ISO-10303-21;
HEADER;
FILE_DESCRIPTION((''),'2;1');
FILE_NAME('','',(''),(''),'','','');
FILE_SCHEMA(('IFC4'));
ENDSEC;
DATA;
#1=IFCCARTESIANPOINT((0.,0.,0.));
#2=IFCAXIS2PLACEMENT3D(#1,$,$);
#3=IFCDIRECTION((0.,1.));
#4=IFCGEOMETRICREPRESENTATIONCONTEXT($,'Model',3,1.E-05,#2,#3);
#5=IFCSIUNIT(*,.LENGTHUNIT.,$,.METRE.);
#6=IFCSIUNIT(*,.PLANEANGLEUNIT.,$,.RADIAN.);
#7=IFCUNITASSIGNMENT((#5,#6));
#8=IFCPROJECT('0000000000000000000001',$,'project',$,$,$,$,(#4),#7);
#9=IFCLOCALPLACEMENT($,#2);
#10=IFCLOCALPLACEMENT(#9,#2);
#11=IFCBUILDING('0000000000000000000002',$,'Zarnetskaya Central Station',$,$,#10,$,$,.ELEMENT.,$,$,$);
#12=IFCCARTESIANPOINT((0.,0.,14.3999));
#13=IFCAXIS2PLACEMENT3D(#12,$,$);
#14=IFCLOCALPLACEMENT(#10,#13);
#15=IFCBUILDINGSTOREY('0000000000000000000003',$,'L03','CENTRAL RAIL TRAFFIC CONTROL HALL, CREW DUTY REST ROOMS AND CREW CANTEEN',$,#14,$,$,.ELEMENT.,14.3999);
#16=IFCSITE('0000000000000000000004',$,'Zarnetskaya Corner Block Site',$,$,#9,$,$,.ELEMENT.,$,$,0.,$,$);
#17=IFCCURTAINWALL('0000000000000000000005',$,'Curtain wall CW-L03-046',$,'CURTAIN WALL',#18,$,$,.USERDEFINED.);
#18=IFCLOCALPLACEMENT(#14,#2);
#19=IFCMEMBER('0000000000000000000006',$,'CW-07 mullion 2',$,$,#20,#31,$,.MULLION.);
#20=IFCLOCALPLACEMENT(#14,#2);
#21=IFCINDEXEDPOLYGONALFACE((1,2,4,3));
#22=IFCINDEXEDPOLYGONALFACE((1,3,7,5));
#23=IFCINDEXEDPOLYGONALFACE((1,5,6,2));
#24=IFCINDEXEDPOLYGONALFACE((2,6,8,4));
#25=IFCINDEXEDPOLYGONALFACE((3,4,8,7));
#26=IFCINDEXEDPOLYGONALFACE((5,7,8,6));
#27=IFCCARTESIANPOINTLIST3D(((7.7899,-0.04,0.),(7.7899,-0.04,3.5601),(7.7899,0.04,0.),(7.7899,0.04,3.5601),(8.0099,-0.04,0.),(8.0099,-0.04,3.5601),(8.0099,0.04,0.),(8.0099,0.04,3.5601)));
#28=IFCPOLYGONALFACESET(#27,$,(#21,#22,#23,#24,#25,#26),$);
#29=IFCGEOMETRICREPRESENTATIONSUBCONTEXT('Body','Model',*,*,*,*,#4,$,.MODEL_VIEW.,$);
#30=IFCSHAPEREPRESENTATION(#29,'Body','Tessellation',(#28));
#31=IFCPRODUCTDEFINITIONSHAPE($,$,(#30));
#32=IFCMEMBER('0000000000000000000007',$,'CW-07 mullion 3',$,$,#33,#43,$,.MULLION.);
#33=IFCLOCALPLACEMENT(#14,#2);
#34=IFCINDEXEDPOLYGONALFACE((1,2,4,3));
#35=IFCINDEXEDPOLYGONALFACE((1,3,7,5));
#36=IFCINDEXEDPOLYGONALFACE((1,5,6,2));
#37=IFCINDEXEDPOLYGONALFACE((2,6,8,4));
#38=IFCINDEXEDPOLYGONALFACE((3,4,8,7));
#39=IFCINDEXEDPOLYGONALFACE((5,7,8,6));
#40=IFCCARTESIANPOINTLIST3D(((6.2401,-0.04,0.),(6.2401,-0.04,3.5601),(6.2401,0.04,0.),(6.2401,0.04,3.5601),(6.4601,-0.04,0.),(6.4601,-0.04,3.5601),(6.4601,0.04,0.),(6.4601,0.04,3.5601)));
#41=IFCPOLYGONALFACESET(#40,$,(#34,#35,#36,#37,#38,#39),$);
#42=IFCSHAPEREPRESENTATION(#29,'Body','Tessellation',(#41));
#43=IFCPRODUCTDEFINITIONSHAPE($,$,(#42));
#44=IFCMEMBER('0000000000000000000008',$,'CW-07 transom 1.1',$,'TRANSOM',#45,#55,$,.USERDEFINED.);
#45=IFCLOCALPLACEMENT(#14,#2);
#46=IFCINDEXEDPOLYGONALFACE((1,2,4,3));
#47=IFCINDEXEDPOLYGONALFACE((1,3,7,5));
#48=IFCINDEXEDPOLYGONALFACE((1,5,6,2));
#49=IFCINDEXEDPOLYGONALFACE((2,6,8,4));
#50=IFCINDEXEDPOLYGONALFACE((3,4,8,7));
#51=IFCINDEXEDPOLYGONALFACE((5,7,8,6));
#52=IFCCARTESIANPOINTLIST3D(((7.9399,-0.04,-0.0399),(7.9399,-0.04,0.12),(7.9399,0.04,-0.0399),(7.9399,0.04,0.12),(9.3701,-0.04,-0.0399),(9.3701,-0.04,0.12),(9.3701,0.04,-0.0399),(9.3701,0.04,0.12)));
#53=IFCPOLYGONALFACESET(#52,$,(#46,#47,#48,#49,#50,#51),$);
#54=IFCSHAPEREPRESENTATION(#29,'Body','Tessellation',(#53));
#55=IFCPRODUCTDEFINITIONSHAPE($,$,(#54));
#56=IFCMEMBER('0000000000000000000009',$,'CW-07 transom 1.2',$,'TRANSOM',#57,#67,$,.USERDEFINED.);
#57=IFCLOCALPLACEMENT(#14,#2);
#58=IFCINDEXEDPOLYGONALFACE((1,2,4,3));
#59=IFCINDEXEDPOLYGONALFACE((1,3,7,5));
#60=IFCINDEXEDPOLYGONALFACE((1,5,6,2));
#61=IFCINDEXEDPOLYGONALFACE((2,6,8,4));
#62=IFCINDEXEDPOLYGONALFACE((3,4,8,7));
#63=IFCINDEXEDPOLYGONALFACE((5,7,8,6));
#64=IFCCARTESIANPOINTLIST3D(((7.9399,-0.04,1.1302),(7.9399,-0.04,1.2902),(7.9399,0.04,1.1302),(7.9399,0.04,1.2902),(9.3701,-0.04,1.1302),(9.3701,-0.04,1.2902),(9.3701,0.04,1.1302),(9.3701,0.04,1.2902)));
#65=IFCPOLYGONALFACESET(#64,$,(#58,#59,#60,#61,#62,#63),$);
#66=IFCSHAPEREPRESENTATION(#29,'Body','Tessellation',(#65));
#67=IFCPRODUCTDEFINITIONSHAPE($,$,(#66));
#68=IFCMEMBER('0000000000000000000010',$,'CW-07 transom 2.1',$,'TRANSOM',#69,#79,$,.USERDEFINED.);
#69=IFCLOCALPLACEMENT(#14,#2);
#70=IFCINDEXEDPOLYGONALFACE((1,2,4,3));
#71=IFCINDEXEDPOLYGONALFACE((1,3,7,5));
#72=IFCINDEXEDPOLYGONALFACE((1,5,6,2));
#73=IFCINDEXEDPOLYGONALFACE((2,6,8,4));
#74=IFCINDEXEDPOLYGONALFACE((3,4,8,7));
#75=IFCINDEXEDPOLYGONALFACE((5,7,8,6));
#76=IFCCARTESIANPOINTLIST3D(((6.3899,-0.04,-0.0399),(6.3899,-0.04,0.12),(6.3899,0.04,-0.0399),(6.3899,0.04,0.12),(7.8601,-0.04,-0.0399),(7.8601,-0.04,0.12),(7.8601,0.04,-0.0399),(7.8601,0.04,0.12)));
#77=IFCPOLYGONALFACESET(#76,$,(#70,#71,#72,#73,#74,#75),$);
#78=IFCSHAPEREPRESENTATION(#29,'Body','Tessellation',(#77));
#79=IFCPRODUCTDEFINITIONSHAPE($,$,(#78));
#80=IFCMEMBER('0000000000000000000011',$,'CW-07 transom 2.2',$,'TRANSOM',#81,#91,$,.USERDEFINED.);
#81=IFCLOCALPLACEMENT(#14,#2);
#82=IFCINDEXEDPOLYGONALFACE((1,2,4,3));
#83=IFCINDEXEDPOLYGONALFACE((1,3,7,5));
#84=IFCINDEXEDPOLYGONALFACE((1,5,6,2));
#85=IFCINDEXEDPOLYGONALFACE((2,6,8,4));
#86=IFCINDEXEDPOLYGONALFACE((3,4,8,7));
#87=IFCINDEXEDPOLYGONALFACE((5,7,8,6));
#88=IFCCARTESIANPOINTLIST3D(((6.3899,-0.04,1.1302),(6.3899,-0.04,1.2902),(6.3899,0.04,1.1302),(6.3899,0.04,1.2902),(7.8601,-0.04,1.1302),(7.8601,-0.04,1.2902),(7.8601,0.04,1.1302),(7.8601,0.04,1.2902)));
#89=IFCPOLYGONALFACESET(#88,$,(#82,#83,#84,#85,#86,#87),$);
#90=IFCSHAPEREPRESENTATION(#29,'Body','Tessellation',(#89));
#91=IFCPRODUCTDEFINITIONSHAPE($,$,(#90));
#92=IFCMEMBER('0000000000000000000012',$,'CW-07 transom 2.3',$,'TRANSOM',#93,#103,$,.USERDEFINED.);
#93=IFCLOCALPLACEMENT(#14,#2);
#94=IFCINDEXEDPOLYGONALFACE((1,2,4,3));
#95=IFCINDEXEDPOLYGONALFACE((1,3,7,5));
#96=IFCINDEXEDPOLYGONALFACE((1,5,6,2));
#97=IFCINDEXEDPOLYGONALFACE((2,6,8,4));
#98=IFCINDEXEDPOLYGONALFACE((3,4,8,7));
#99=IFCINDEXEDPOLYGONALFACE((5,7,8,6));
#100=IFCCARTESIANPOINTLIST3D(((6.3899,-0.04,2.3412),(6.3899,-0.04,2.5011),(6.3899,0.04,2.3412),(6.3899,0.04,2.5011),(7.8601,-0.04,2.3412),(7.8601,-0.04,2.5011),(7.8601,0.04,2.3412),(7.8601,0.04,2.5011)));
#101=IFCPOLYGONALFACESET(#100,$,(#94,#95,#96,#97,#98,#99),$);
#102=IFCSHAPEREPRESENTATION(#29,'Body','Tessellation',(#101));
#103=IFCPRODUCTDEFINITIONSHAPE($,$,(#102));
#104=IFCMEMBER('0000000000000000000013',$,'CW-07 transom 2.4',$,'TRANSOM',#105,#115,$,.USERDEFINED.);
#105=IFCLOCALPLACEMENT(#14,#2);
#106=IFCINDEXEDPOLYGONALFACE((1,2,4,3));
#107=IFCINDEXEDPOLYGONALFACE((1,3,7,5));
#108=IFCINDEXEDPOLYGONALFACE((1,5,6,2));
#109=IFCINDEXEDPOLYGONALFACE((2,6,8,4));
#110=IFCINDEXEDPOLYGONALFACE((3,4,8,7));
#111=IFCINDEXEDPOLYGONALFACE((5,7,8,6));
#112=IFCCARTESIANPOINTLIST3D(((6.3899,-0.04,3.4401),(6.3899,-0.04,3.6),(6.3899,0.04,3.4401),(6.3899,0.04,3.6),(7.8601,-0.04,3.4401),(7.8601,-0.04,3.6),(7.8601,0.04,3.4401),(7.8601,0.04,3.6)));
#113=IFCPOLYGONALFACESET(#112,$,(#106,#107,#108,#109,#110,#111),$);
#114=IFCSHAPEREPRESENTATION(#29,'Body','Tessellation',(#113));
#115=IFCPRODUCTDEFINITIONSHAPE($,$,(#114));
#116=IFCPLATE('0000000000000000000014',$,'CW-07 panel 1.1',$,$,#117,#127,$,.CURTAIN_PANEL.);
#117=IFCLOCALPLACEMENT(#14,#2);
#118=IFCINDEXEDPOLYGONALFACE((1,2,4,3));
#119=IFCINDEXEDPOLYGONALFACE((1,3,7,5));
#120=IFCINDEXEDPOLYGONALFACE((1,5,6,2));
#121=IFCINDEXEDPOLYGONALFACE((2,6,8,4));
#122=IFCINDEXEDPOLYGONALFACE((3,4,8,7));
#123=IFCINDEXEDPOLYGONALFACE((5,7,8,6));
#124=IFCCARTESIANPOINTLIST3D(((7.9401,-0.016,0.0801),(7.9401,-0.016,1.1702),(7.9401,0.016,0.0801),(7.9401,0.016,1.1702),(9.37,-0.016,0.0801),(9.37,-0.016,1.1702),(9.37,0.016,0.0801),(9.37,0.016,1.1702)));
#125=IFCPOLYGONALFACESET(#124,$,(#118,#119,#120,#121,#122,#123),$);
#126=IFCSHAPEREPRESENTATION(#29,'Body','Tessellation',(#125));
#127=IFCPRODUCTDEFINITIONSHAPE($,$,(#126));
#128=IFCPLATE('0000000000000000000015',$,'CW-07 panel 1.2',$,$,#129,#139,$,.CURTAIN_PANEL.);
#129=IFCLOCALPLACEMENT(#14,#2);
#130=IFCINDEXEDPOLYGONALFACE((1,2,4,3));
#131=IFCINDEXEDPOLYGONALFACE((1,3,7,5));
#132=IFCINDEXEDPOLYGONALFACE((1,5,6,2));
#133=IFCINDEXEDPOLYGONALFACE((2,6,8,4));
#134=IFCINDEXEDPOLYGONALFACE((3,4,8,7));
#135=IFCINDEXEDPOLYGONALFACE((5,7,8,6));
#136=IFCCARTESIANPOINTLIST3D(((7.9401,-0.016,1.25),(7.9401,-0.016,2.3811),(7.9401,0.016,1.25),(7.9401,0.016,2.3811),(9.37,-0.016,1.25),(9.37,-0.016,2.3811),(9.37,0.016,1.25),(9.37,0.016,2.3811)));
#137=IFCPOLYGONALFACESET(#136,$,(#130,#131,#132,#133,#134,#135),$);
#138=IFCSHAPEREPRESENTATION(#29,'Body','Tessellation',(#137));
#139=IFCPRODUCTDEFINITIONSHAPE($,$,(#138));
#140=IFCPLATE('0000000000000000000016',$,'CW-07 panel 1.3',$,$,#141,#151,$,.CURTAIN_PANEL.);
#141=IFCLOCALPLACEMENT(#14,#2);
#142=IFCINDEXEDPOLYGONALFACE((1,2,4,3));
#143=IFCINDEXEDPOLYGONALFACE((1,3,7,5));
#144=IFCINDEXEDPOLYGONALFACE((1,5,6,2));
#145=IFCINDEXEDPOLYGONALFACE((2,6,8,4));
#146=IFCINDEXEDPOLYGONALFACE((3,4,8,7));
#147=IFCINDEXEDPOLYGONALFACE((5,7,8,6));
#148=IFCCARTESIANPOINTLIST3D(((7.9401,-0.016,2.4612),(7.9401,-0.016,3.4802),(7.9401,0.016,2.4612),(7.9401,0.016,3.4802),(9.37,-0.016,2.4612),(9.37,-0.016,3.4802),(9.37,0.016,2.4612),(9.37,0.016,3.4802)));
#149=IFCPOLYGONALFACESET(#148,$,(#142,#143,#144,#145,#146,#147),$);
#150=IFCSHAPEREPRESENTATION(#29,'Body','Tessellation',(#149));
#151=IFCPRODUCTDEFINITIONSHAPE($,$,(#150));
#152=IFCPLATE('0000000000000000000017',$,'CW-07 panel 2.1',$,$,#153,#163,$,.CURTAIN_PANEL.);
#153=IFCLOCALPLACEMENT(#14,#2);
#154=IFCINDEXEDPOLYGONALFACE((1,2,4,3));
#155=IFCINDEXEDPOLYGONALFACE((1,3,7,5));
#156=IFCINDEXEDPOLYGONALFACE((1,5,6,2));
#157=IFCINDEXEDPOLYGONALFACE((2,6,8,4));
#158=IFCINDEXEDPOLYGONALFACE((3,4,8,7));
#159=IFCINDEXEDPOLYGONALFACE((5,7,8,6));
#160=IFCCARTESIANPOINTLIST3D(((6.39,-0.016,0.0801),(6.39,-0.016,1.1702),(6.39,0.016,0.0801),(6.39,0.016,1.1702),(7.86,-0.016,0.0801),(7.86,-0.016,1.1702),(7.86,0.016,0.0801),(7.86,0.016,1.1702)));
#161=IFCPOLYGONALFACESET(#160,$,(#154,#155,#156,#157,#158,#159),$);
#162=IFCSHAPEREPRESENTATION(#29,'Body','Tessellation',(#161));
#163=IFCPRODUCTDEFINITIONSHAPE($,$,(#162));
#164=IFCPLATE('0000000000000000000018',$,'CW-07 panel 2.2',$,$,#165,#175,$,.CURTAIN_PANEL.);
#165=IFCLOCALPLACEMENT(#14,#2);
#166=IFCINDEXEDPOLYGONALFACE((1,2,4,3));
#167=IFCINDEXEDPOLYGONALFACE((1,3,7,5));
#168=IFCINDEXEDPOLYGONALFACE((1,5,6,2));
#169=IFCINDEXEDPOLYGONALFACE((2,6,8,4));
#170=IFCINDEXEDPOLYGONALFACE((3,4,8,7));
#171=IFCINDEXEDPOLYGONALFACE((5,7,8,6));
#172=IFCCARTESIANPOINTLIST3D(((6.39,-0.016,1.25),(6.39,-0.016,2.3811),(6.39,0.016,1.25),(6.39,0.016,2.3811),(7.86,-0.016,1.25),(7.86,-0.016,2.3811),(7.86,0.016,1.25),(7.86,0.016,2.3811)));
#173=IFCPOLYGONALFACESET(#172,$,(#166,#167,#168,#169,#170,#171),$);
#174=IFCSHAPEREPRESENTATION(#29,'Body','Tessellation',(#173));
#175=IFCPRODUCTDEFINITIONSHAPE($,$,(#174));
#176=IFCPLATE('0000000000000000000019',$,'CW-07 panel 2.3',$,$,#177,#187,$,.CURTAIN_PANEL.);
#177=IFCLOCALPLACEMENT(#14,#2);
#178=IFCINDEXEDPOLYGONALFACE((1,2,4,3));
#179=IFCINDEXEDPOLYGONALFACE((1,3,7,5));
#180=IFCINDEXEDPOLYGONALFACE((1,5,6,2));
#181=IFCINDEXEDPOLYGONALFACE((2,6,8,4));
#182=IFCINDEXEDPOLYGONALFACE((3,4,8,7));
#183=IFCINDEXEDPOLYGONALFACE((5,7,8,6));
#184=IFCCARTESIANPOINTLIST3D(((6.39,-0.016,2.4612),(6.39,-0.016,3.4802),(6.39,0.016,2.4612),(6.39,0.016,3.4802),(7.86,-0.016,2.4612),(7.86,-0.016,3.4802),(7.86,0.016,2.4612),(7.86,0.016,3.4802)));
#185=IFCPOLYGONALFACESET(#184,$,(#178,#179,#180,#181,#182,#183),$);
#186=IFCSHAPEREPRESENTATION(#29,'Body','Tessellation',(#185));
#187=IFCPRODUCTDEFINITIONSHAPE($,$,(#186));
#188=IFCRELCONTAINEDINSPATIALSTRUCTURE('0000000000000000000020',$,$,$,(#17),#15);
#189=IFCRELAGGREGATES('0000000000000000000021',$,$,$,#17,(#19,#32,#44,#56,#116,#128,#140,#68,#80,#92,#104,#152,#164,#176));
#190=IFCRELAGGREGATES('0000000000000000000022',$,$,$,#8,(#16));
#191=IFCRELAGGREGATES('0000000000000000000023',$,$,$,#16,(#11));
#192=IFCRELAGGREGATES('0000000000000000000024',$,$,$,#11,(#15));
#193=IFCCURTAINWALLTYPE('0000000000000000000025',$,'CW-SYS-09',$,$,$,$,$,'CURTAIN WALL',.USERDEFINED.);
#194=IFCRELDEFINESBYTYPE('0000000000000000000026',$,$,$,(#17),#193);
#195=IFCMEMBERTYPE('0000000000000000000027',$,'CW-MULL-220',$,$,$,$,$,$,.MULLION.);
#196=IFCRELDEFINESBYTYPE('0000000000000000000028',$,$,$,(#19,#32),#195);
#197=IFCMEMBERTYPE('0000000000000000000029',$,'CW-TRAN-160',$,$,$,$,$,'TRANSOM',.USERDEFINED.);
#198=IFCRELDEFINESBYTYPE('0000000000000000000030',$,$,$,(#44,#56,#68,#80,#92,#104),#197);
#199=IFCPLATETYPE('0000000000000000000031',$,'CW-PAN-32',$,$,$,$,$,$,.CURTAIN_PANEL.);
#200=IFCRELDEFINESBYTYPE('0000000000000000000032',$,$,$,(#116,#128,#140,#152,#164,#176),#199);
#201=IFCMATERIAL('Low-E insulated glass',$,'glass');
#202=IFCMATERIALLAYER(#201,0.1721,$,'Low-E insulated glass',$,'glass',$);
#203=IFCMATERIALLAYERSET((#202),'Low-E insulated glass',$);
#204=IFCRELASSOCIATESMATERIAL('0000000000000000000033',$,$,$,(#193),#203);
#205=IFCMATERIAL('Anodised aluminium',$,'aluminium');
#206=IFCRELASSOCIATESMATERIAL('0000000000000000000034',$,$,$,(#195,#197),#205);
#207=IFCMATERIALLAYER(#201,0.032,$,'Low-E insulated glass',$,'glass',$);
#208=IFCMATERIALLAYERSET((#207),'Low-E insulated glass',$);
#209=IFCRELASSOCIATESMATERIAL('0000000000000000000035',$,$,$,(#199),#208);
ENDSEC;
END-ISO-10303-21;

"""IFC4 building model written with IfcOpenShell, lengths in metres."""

from ifc_helpers import new_model, si_unit, direction, frame, origin, origin_2d, place, context, subcontext, project, spatial, rectangle, extrude, material, layer, layer_set, material_profile, profile_set, type_object, element, aggregate, save


model = new_model("IFC4")

# Units and contexts
model_context = context("Model", 3, precision=1e-05, world=origin(), true_north=direction((0.0, 1.0)))
body_context = subcontext(model_context, "Body", "Model", "MODEL_VIEW")
ifc_project = project(units=[si_unit("LENGTHUNIT", "METRE"), si_unit("PLANEANGLEUNIT", "RADIAN")], contexts=[model_context])

# Site, building, storey
site_placement = place(None, origin())
site = spatial("IfcSite", under=ifc_project, at=site_placement, Name="Zarnetskaya Corner Block Site", CompositionType="ELEMENT", RefElevation=0.0)
building_placement = place(site_placement, origin())
building = spatial("IfcBuilding", under=site, at=building_placement, Name="Zarnetskaya Central Station", CompositionType="ELEMENT")
storey_placement = place(building_placement, frame((0.0, 0.0, 14.3999)))
storey = spatial("IfcBuildingStorey", under=building, at=storey_placement, Name="L03", Description="CENTRAL RAIL TRAFFIC CONTROL HALL, CREW DUTY REST ROOMS AND CREW CANTEEN", CompositionType="ELEMENT", Elevation=14.3999)

# Curtain wall, members, plates
ifc_material_1 = material(Name="Low-E insulated glass", Category="glass")
ifc_layer_1 = layer(ifc_material_1, 0.1721, Name="Low-E insulated glass", Category="glass")
ifc_layer_set_1 = layer_set([ifc_layer_1], Name="Low-E insulated glass")
curtain_wall_type = type_object("IfcCurtainWallType", Name="CW-SYS-09", ElementType="CURTAIN WALL", PredefinedType="USERDEFINED", material=ifc_layer_set_1)
curtain_wall_placement = place(storey_placement, origin())
curtain_wall = element("IfcCurtainWall", 1, at=curtain_wall_placement, inside=storey, type_object=curtain_wall_type, Name="Curtain wall CW-L03-046", ObjectType="CURTAIN WALL", PredefinedType="USERDEFINED")
ifc_material_2 = material(Name="Anodised aluminium", Category="aluminium")
ifc_material_profile_1 = material_profile(ifc_material_2, rectangle(XDim=0.0801, YDim=0.22, at=origin_2d()), Name="ALU MULL 80x220")
ifc_profile_set_1 = profile_set([ifc_material_profile_1], Name="Anodised aluminium")
member_type_1 = type_object("IfcMemberType", Name="CW-MULL-220", PredefinedType="MULLION", material=ifc_profile_set_1)
member_1_placement = place(storey_placement, frame((7.8999, 0.0, 0.0), z_axis=(0.0, 0.0, 1.0), x_axis=(0.0, -1.0, 0.0)))
member_1 = element("IfcMember", 2, at=member_1_placement, type_object=member_type_1, Name="CW-07 mullion 2", PredefinedType="MULLION", context=body_context, shape_type="SweptSolid", body=[
    extrude(rectangle(XDim=0.0801, YDim=0.22, at=origin_2d()), origin(), (0.0, 0.0, 1.0), 3.5601),
])
member_2_placement = place(storey_placement, frame((6.3501, 0.0, 0.0), z_axis=(0.0, 0.0, 1.0), x_axis=(0.0, -1.0, 0.0)))
member_2 = element("IfcMember", 3, at=member_2_placement, type_object=member_type_1, Name="CW-07 mullion 3", PredefinedType="MULLION", context=body_context, shape_type="SweptSolid", body=[
    extrude(rectangle(XDim=0.0801, YDim=0.22, at=origin_2d()), origin(), (0.0, 0.0, 1.0), 3.5601),
])
ifc_material_profile_2 = material_profile(ifc_material_2, rectangle(XDim=0.0801, YDim=0.1599, at=origin_2d()), Name="ALU TRAN 80x160")
ifc_profile_set_2 = profile_set([ifc_material_profile_2], Name="Anodised aluminium")
member_type_2 = type_object("IfcMemberType", Name="CW-TRAN-160", ElementType="TRANSOM", PredefinedType="USERDEFINED", material=ifc_profile_set_2)
member_3_placement = place(storey_placement, frame((9.3701, 0.0, 0.04), z_axis=(-1.0, 0.0, 0.0), x_axis=(0.0, -1.0, 0.0)))
member_3 = element("IfcMember", 4, at=member_3_placement, type_object=member_type_2, Name="CW-07 transom 1.1", ObjectType="TRANSOM", PredefinedType="USERDEFINED", context=body_context, shape_type="SweptSolid", body=[
    extrude(rectangle(XDim=0.0801, YDim=0.1599, at=origin_2d()), origin(), (0.0, 0.0, 1.0), 1.4302),
])
member_4_placement = place(storey_placement, frame((9.3701, 0.0, 1.2102), z_axis=(-1.0, 0.0, 0.0), x_axis=(0.0, -1.0, 0.0)))
member_4 = element("IfcMember", 5, at=member_4_placement, type_object=member_type_2, Name="CW-07 transom 1.2", ObjectType="TRANSOM", PredefinedType="USERDEFINED", context=body_context, shape_type="SweptSolid", body=[
    extrude(rectangle(XDim=0.0801, YDim=0.1599, at=origin_2d()), origin(), (0.0, 0.0, 1.0), 1.4302),
])
member_5_placement = place(storey_placement, frame((7.8601, 0.0, 0.04), z_axis=(-1.0, 0.0, 0.0), x_axis=(0.0, -1.0, 0.0)))
member_5 = element("IfcMember", 6, at=member_5_placement, type_object=member_type_2, Name="CW-07 transom 2.1", ObjectType="TRANSOM", PredefinedType="USERDEFINED", context=body_context, shape_type="SweptSolid", body=[
    extrude(rectangle(XDim=0.0801, YDim=0.1599, at=origin_2d()), origin(), (0.0, 0.0, 1.0), 1.4702),
])
member_6_placement = place(storey_placement, frame((7.8601, 0.0, 1.2102), z_axis=(-1.0, 0.0, 0.0), x_axis=(0.0, -1.0, 0.0)))
member_6 = element("IfcMember", 7, at=member_6_placement, type_object=member_type_2, Name="CW-07 transom 2.2", ObjectType="TRANSOM", PredefinedType="USERDEFINED", context=body_context, shape_type="SweptSolid", body=[
    extrude(rectangle(XDim=0.0801, YDim=0.1599, at=origin_2d()), origin(), (0.0, 0.0, 1.0), 1.4702),
])
member_7_placement = place(storey_placement, frame((7.8601, 0.0, 2.4211), z_axis=(-1.0, 0.0, 0.0), x_axis=(0.0, -1.0, 0.0)))
member_7 = element("IfcMember", 8, at=member_7_placement, type_object=member_type_2, Name="CW-07 transom 2.3", ObjectType="TRANSOM", PredefinedType="USERDEFINED", context=body_context, shape_type="SweptSolid", body=[
    extrude(rectangle(XDim=0.0801, YDim=0.1599, at=origin_2d()), origin(), (0.0, 0.0, 1.0), 1.4702),
])
member_8_placement = place(storey_placement, frame((7.8601, 0.0, 3.52), z_axis=(-1.0, 0.0, 0.0), x_axis=(0.0, -1.0, 0.0)))
member_8 = element("IfcMember", 9, at=member_8_placement, type_object=member_type_2, Name="CW-07 transom 2.4", ObjectType="TRANSOM", PredefinedType="USERDEFINED", context=body_context, shape_type="SweptSolid", body=[
    extrude(rectangle(XDim=0.0801, YDim=0.1599, at=origin_2d()), origin(), (0.0, 0.0, 1.0), 1.4702),
])
ifc_layer_2 = layer(ifc_material_1, 0.032, Name="Low-E insulated glass", Category="glass")
ifc_layer_set_2 = layer_set([ifc_layer_2], Name="Low-E insulated glass")
plate_type = type_object("IfcPlateType", Name="CW-PAN-32", PredefinedType="CURTAIN_PANEL", material=ifc_layer_set_2)
plate_1_placement = place(storey_placement, frame((8.655, 0.0, 0.0801), z_axis=(0.0, 0.0, 1.0), x_axis=(-1.0, 0.0, 0.0)))
plate_1 = element("IfcPlate", 10, at=plate_1_placement, type_object=plate_type, Name="CW-07 panel 1.1", PredefinedType="CURTAIN_PANEL", context=body_context, shape_type="SweptSolid", body=[
    extrude(rectangle(XDim=1.4299, YDim=0.032, at=origin_2d()), origin(), (0.0, 0.0, 1.0), 1.0901),
])
plate_2_placement = place(storey_placement, frame((8.655, 0.0, 1.25), z_axis=(0.0, 0.0, 1.0), x_axis=(-1.0, 0.0, 0.0)))
plate_2 = element("IfcPlate", 11, at=plate_2_placement, type_object=plate_type, Name="CW-07 panel 1.2", PredefinedType="CURTAIN_PANEL", context=body_context, shape_type="SweptSolid", body=[
    extrude(rectangle(XDim=1.4299, YDim=0.032, at=origin_2d()), origin(), (0.0, 0.0, 1.0), 1.1311),
])
plate_3_placement = place(storey_placement, frame((8.655, 0.0, 2.4612), z_axis=(0.0, 0.0, 1.0), x_axis=(-1.0, 0.0, 0.0)))
plate_3 = element("IfcPlate", 12, at=plate_3_placement, type_object=plate_type, Name="CW-07 panel 1.3", PredefinedType="CURTAIN_PANEL", context=body_context, shape_type="SweptSolid", body=[
    extrude(rectangle(XDim=1.4299, YDim=0.032, at=origin_2d()), origin(), (0.0, 0.0, 1.0), 1.019),
])
plate_4_placement = place(storey_placement, frame((7.125, 0.0, 0.0801), z_axis=(0.0, 0.0, 1.0), x_axis=(-1.0, 0.0, 0.0)))
plate_4 = element("IfcPlate", 13, at=plate_4_placement, type_object=plate_type, Name="CW-07 panel 2.1", PredefinedType="CURTAIN_PANEL", context=body_context, shape_type="SweptSolid", body=[
    extrude(rectangle(XDim=1.47, YDim=0.032, at=origin_2d()), origin(), (0.0, 0.0, 1.0), 1.0901),
])
plate_5_placement = place(storey_placement, frame((7.125, 0.0, 1.25), z_axis=(0.0, 0.0, 1.0), x_axis=(-1.0, 0.0, 0.0)))
plate_5 = element("IfcPlate", 14, at=plate_5_placement, type_object=plate_type, Name="CW-07 panel 2.2", PredefinedType="CURTAIN_PANEL", context=body_context, shape_type="SweptSolid", body=[
    extrude(rectangle(XDim=1.47, YDim=0.032, at=origin_2d()), origin(), (0.0, 0.0, 1.0), 1.1311),
])
plate_6_placement = place(storey_placement, frame((7.125, 0.0, 2.4612), z_axis=(0.0, 0.0, 1.0), x_axis=(-1.0, 0.0, 0.0)))
plate_6 = element("IfcPlate", 15, at=plate_6_placement, type_object=plate_type, Name="CW-07 panel 2.3", PredefinedType="CURTAIN_PANEL", context=body_context, shape_type="SweptSolid", body=[
    extrude(rectangle(XDim=1.47, YDim=0.032, at=origin_2d()), origin(), (0.0, 0.0, 1.0), 1.019),
])
aggregate(curtain_wall, [member_1, member_2, member_3, member_4, plate_1, plate_2, plate_3, member_5, member_6, member_7, member_8, plate_4, plate_5, plate_6])

save(model, "model.ifc")
